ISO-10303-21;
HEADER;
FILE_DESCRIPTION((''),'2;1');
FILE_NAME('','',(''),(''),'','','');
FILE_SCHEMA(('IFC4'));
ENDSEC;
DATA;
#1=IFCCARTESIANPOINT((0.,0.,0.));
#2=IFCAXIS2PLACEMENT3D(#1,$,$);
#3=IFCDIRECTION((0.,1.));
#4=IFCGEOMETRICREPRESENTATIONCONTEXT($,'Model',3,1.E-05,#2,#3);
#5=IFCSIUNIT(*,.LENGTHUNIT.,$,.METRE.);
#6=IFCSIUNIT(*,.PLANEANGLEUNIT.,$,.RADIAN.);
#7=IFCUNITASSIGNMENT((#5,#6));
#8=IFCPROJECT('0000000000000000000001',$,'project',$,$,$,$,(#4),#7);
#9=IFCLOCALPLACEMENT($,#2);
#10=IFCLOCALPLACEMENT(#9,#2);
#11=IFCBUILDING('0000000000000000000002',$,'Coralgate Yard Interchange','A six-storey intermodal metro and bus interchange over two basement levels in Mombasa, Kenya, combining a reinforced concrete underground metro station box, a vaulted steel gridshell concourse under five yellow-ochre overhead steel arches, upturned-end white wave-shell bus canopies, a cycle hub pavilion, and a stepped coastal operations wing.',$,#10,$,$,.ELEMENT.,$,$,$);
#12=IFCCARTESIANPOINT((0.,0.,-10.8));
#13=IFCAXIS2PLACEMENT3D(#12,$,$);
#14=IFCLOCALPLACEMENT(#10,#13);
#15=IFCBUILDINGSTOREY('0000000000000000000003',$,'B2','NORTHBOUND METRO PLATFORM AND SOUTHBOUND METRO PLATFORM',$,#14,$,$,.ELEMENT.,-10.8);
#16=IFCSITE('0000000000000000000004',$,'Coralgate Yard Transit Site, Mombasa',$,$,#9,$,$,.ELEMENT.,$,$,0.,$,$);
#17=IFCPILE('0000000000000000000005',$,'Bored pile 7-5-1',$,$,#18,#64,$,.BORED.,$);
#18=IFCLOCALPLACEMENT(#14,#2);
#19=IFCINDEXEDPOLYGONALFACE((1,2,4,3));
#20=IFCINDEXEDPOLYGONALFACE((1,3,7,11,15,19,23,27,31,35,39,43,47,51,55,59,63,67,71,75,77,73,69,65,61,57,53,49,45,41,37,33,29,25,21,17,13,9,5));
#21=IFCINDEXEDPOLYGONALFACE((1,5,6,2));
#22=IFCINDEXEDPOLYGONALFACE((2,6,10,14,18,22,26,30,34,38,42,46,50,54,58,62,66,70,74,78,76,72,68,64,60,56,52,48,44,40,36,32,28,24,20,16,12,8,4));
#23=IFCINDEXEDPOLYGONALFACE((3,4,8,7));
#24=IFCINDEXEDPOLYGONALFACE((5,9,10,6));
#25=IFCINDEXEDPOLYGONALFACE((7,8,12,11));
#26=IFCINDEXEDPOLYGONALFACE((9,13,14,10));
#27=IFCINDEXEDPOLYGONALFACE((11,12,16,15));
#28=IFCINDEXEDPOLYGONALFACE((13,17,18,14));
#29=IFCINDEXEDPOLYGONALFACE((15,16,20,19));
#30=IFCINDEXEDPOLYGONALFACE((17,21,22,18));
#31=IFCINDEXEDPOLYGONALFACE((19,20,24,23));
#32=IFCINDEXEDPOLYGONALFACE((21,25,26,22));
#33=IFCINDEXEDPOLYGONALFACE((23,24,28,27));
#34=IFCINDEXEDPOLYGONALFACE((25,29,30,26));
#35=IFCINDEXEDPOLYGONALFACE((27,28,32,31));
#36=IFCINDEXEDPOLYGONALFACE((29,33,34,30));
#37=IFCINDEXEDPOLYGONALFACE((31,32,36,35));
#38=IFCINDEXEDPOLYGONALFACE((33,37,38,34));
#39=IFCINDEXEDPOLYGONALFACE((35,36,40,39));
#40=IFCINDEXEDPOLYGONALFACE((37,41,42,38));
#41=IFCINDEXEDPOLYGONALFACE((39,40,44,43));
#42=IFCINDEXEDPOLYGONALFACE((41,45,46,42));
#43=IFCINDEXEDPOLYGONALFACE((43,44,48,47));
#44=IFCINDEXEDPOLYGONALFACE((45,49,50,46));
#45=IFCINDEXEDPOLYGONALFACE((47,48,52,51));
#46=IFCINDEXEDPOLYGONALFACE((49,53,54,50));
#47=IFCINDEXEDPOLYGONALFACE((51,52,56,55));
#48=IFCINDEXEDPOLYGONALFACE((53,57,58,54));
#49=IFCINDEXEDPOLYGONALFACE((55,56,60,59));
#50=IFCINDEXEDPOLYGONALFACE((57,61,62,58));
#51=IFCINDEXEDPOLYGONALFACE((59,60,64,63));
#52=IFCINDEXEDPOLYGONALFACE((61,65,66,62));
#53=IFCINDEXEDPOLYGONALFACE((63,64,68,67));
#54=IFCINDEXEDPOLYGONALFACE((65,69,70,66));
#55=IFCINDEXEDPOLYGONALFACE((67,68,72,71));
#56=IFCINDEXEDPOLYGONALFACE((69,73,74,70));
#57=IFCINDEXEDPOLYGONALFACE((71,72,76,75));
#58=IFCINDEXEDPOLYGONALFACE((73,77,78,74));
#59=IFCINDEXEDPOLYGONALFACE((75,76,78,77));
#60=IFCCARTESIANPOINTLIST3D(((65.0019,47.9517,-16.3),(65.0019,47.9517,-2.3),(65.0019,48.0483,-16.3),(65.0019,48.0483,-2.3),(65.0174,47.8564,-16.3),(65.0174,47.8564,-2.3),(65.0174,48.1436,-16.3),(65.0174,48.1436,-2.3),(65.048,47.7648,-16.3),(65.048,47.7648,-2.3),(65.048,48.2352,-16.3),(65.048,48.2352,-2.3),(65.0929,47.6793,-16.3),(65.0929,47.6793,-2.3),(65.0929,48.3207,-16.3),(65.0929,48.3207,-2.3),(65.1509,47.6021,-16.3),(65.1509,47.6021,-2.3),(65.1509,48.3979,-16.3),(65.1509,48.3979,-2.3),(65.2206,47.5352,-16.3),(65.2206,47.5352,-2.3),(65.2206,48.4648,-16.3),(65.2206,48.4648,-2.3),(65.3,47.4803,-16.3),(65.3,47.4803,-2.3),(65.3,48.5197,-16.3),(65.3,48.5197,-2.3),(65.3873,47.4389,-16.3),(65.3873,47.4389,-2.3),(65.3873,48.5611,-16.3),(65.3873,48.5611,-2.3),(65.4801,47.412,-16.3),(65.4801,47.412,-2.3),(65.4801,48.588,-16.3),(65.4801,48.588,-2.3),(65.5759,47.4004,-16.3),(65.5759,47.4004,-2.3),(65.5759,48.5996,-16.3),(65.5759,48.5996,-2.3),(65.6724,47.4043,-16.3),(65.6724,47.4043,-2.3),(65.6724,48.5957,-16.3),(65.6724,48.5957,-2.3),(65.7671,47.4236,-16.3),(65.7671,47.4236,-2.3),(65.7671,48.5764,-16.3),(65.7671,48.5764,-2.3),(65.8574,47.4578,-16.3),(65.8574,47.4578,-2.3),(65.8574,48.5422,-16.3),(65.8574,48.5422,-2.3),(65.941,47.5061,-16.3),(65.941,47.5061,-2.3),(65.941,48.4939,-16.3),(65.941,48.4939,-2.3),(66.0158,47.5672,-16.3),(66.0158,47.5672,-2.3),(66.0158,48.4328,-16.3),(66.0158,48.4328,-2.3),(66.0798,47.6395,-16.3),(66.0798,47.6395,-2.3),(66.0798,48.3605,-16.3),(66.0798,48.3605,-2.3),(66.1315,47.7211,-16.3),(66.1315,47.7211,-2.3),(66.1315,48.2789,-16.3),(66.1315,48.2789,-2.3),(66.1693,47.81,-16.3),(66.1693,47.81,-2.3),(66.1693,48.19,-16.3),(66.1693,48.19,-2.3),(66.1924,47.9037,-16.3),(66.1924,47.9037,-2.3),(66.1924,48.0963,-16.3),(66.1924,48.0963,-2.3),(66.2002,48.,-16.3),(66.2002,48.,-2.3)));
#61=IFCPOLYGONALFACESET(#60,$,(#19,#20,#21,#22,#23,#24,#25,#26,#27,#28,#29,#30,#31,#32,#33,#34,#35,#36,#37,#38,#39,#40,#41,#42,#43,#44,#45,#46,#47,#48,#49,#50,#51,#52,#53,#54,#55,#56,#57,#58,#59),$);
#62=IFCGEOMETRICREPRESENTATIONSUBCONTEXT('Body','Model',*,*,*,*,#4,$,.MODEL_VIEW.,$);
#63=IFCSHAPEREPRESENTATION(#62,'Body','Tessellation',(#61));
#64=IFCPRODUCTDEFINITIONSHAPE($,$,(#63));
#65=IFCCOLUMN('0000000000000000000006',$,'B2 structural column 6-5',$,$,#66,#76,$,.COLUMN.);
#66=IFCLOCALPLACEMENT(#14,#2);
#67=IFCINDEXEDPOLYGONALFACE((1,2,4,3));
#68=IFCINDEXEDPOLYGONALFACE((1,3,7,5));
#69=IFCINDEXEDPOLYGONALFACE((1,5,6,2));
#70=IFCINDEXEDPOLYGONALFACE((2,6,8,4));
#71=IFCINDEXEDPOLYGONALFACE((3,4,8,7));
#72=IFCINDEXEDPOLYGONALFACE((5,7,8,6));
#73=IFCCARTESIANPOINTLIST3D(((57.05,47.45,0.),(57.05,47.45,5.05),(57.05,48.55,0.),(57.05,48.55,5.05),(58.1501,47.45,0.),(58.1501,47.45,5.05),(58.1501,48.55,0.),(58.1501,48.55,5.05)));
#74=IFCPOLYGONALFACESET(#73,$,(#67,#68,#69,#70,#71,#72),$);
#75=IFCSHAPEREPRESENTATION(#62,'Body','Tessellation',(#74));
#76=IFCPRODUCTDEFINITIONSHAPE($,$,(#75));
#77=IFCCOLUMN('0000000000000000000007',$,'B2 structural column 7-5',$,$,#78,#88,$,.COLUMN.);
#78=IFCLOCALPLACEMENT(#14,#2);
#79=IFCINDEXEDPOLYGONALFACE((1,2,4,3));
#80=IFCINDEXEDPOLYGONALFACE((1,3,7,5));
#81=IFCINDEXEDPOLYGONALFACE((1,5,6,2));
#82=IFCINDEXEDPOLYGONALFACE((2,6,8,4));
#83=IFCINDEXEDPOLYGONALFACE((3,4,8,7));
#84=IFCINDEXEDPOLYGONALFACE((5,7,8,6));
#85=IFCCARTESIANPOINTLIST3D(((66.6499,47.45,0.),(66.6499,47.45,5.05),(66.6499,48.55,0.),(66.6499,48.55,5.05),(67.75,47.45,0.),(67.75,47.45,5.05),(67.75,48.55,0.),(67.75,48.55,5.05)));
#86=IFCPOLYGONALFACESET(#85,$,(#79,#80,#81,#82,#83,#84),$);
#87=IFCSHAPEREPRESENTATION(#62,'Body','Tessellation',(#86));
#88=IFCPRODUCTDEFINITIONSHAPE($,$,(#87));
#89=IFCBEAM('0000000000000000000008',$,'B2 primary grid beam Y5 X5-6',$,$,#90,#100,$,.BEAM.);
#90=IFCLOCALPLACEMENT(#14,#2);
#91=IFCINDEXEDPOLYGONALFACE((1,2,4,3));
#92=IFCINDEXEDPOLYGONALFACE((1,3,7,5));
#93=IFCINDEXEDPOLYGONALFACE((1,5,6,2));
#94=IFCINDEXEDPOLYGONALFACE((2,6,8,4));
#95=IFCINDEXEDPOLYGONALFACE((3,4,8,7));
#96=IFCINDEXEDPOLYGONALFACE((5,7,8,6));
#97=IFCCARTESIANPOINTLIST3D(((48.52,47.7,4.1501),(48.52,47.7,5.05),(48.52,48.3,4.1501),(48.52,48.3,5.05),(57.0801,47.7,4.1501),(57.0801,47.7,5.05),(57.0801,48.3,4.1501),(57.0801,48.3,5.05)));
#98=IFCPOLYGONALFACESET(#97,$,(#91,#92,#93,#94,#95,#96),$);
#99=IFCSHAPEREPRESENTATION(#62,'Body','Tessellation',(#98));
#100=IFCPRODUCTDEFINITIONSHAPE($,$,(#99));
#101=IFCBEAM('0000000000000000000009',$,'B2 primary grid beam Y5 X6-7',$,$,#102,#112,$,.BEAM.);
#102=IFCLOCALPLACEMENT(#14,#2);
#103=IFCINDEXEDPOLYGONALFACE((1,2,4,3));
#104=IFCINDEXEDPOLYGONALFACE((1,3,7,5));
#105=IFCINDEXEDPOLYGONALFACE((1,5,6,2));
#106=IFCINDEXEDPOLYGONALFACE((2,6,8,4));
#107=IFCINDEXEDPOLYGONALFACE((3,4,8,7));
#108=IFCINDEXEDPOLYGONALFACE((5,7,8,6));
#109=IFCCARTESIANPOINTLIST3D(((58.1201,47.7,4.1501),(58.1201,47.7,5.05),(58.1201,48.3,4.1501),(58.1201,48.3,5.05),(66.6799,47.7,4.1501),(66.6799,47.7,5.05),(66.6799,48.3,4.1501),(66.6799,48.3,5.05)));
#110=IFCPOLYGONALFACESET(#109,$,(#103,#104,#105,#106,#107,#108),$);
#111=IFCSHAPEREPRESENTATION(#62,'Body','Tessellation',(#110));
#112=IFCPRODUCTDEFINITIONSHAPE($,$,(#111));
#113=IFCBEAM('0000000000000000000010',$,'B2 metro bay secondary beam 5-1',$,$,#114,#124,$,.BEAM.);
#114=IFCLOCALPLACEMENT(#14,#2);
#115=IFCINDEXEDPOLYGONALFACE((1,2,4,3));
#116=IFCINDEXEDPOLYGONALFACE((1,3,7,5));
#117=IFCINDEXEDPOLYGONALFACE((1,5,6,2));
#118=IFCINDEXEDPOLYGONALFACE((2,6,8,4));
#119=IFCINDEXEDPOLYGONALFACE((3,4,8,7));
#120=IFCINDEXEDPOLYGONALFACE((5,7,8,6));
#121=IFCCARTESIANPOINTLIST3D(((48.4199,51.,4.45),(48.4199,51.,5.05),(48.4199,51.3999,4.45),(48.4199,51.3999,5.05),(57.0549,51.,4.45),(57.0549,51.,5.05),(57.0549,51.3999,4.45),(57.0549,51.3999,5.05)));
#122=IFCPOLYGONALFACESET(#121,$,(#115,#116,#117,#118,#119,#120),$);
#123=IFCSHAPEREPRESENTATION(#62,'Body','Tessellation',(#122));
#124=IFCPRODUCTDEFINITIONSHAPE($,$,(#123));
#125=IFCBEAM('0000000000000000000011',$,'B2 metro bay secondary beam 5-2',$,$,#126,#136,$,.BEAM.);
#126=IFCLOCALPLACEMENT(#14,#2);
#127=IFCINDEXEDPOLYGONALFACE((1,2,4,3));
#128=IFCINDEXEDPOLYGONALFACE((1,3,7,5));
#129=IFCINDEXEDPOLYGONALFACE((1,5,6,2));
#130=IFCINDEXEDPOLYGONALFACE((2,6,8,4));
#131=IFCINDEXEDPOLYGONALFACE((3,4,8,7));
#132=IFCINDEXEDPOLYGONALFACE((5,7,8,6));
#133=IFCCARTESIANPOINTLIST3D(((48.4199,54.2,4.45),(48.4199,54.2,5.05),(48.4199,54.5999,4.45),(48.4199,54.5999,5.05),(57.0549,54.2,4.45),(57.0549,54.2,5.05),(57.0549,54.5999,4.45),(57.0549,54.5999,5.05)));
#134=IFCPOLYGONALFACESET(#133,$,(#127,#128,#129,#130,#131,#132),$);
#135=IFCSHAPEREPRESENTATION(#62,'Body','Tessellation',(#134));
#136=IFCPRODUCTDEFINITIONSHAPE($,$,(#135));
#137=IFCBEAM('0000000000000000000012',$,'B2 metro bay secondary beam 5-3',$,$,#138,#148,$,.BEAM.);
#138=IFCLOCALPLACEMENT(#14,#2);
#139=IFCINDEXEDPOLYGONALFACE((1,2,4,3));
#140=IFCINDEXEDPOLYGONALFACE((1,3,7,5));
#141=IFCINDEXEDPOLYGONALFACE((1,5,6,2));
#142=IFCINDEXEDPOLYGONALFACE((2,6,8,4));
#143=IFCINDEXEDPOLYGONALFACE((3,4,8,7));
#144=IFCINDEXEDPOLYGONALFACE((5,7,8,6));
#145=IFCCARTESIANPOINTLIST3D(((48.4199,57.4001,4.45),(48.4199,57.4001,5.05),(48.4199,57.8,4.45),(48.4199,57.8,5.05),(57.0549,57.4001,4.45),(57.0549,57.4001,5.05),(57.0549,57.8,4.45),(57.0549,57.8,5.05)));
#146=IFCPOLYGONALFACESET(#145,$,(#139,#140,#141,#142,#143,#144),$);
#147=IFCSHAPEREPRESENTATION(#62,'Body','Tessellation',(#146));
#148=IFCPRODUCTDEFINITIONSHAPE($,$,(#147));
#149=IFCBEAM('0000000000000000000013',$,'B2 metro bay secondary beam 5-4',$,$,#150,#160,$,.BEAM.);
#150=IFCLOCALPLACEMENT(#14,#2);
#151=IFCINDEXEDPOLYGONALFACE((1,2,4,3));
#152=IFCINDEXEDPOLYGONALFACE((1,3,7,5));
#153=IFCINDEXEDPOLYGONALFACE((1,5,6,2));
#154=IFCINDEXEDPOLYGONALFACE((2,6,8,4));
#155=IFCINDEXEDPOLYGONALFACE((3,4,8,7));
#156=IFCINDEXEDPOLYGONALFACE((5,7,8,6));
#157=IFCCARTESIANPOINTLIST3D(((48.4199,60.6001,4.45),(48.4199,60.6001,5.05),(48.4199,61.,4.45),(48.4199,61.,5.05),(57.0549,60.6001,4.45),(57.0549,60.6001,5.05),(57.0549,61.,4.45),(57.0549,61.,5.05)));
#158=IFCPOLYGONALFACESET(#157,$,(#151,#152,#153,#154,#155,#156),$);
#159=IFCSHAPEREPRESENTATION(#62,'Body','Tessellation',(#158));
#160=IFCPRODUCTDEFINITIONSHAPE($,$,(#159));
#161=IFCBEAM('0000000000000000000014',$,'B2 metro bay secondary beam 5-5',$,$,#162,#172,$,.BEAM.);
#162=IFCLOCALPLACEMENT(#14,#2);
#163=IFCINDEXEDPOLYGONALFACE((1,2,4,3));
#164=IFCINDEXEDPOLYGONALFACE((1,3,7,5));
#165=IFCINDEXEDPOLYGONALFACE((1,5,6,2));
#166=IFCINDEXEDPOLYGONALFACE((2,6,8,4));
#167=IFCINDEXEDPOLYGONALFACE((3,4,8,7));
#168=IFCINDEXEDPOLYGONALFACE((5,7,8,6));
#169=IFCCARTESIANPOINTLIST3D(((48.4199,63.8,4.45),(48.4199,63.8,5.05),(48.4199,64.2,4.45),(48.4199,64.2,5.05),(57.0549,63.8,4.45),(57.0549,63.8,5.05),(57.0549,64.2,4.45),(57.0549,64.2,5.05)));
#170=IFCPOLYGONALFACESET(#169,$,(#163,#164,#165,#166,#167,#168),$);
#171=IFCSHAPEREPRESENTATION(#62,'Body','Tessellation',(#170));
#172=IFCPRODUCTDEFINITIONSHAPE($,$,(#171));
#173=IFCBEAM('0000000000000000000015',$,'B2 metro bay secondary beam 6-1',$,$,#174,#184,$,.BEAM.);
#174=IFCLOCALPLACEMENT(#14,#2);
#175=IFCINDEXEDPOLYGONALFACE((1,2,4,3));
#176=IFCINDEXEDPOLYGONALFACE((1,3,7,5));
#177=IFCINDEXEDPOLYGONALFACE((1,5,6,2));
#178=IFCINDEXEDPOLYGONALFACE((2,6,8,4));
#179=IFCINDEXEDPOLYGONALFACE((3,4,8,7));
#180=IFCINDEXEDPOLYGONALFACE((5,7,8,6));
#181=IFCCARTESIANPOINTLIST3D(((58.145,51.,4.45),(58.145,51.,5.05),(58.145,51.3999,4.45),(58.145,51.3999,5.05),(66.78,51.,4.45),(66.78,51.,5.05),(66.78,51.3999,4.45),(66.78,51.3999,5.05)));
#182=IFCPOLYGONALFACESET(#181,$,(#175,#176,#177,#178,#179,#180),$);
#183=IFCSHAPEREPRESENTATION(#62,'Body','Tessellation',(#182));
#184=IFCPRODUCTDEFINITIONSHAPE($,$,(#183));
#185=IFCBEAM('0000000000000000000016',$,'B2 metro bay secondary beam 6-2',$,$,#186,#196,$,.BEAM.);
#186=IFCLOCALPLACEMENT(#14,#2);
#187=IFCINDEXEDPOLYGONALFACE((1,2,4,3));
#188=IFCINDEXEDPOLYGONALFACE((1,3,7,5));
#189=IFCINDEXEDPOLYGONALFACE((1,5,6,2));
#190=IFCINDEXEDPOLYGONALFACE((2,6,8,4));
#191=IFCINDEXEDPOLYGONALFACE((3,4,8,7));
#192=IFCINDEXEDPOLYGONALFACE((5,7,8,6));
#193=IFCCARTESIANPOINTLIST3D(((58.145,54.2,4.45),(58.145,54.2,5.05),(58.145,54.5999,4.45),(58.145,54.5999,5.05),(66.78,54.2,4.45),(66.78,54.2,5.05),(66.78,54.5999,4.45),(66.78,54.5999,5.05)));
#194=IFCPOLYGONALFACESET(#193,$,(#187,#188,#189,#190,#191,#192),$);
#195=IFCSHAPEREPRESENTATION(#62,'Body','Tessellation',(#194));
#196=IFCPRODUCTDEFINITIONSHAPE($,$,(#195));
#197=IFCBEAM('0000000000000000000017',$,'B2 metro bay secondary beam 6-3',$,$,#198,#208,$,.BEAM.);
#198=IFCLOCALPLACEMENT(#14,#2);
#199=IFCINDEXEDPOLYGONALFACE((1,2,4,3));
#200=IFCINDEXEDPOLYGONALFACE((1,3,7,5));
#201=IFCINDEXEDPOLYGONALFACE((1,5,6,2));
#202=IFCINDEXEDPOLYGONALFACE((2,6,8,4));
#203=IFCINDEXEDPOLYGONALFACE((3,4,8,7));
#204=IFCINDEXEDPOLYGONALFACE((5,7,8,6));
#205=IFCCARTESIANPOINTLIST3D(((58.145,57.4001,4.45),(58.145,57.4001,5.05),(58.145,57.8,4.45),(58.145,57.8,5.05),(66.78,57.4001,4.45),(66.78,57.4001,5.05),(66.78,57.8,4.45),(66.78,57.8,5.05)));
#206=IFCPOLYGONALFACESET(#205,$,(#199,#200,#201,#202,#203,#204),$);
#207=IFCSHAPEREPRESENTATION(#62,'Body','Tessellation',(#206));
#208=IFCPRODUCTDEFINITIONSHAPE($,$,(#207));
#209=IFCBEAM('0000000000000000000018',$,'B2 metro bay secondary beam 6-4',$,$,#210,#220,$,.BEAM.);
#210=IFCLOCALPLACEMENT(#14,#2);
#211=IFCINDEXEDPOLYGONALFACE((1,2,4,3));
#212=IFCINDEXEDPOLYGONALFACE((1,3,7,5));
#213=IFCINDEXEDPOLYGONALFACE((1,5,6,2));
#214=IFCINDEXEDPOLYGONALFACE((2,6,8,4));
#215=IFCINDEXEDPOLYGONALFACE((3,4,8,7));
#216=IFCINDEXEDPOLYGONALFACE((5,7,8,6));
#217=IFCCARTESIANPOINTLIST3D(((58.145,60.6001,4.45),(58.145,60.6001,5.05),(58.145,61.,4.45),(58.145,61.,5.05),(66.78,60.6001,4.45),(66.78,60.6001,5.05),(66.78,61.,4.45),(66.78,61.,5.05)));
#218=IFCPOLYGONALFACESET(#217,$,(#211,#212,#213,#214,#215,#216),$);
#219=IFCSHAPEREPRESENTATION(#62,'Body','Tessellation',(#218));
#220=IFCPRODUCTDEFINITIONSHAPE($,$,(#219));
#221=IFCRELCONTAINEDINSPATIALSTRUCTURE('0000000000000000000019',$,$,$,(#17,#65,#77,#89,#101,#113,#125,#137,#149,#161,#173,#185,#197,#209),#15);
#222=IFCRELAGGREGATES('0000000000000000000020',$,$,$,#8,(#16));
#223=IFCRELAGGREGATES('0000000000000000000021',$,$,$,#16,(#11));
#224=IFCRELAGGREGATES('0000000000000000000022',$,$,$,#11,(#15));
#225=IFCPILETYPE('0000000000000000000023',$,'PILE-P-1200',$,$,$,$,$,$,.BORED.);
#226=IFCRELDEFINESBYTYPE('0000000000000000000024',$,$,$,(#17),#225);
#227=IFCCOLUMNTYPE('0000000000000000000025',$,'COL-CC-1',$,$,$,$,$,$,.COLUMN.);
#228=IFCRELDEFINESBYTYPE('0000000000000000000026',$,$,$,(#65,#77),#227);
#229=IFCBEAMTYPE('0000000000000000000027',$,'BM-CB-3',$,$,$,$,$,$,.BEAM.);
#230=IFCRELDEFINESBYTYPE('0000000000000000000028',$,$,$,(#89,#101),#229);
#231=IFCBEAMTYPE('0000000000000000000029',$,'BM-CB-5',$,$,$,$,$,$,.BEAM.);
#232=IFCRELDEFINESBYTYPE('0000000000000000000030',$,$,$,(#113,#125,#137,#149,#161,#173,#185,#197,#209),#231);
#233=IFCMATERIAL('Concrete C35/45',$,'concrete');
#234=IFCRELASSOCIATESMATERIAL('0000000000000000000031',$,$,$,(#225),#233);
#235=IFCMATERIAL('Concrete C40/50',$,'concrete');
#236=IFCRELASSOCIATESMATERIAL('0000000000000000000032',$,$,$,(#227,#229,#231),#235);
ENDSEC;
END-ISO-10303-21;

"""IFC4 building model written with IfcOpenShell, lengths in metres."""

from ifc_helpers import new_model, si_unit, direction, frame, origin, origin_2d, place, context, subcontext, project, spatial, rectangle, circle, extrude, material, material_profile, profile_set, type_object, element, save


model = new_model("IFC4")

# Units and contexts
model_context = context("Model", 3, precision=1e-05, world=origin(), true_north=direction((0.0, 1.0)))
body_context = subcontext(model_context, "Body", "Model", "MODEL_VIEW")
ifc_project = project(units=[si_unit("LENGTHUNIT", "METRE"), si_unit("PLANEANGLEUNIT", "RADIAN")], contexts=[model_context])

# Site, building, storey
site_placement = place(None, origin())
site = spatial("IfcSite", under=ifc_project, at=site_placement, Name="Coralgate Yard Transit Site, Mombasa", CompositionType="ELEMENT", RefElevation=0.0)
building_placement = place(site_placement, origin())
building = spatial("IfcBuilding", under=site, at=building_placement, Name="Coralgate Yard Interchange", Description="A six-storey intermodal metro and bus interchange over two basement levels in Mombasa, Kenya, combining a reinforced concrete underground metro station box, a vaulted steel gridshell concourse under five yellow-ochre overhead steel arches, upturned-end white wave-shell bus canopies, a cycle hub pavilion, and a stepped coastal operations wing.", CompositionType="ELEMENT")
storey_placement = place(building_placement, frame((0.0, 0.0, -10.8)))
storey = spatial("IfcBuildingStorey", under=building, at=storey_placement, Name="B2", Description="NORTHBOUND METRO PLATFORM AND SOUTHBOUND METRO PLATFORM", CompositionType="ELEMENT", Elevation=-10.8)

# Shared definitions
ifc_material_1 = material(Name="Concrete C40/50", Category="concrete")

# Pile
ifc_material_2 = material(Name="Concrete C35/45", Category="concrete")
ifc_material_profile_1 = material_profile(ifc_material_2, circle(Radius=0.6001, at=origin_2d()), Name="BORED PILE D1200")
ifc_profile_set_1 = profile_set([ifc_material_profile_1], Name="Concrete C35/45")
pile_type = type_object("IfcPileType", Name="PILE-P-1200", PredefinedType="BORED", material=ifc_profile_set_1)
for number, where, z_axis, x_axis, name in (
    (1, (65.6001, 48.0, -2.3), (0.0, 0.0, -1.0), (1.0, 0.0, 0.0), "Bored pile 7-5-1"),
):
    element("IfcPile", number, at=place(storey_placement, frame(where, z_axis=z_axis, x_axis=x_axis)), inside=storey, type_object=pile_type, Name=name, PredefinedType="BORED", context=body_context, shape_type="SweptSolid", body=[
        extrude(circle(Radius=0.6001, at=origin_2d()), origin(), (0.0, 0.0, 1.0), 14.0),
    ])

# Columns
ifc_material_profile_2 = material_profile(ifc_material_1, rectangle(XDim=1.1001, YDim=1.1001, at=origin_2d()), Name="RC 1100x1100")
ifc_profile_set_2 = profile_set([ifc_material_profile_2], Name="Concrete C40/50")
column_type = type_object("IfcColumnType", Name="COL-CC-1", PredefinedType="COLUMN", material=ifc_profile_set_2)
for number, where, z_axis, x_axis, name in (
    (2, (57.6001, 48.0, 0.0), (0.0, 0.0, 1.0), (1.0, 0.0, 0.0), "B2 structural column 6-5"),
    (3, (67.2, 48.0, 0.0), (0.0, 0.0, 1.0), (1.0, 0.0, 0.0), "B2 structural column 7-5"),
):
    element("IfcColumn", number, at=place(storey_placement, frame(where, z_axis=z_axis, x_axis=x_axis)), inside=storey, type_object=column_type, Name=name, PredefinedType="COLUMN", context=body_context, shape_type="SweptSolid", body=[
        extrude(rectangle(XDim=1.1001, YDim=1.1001, at=origin_2d()), origin(), (0.0, 0.0, 1.0), 5.05),
    ])

# Beams
ifc_material_profile_3 = material_profile(ifc_material_1, rectangle(XDim=0.6001, YDim=0.8999, at=origin_2d()), Name="RC 600x900")
ifc_profile_set_3 = profile_set([ifc_material_profile_3], Name="Concrete C40/50")
beam_type_1 = type_object("IfcBeamType", Name="BM-CB-3", PredefinedType="BEAM", material=ifc_profile_set_3)
beam_1_placement = place(storey_placement, frame((48.52, 48.0, 4.6001), z_axis=(1.0, 0.0, 0.0), x_axis=(0.0, 1.0, 0.0)))
element("IfcBeam", 4, at=beam_1_placement, inside=storey, type_object=beam_type_1, Name="B2 primary grid beam Y5 X5-6", PredefinedType="BEAM", context=body_context, shape_type="SweptSolid", body=[
    extrude(rectangle(XDim=0.6001, YDim=0.8999, at=origin_2d()), origin(), (0.0, 0.0, 1.0), 8.5601),
])
beam_2_placement = place(storey_placement, frame((58.1201, 48.0, 4.6001), z_axis=(1.0, 0.0, 0.0), x_axis=(0.0, 1.0, 0.0)))
element("IfcBeam", 5, at=beam_2_placement, inside=storey, type_object=beam_type_1, Name="B2 primary grid beam Y5 X6-7", PredefinedType="BEAM", context=body_context, shape_type="SweptSolid", body=[
    extrude(rectangle(XDim=0.6001, YDim=0.8999, at=origin_2d()), origin(), (0.0, 0.0, 1.0), 8.5598),
])
ifc_material_profile_4 = material_profile(ifc_material_1, rectangle(XDim=0.3999, YDim=0.6001, at=origin_2d()), Name="RC 400x600")
ifc_profile_set_4 = profile_set([ifc_material_profile_4], Name="Concrete C40/50")
beam_type_2 = type_object("IfcBeamType", Name="BM-CB-5", PredefinedType="BEAM", material=ifc_profile_set_4)
for number, where, z_axis, x_axis, name in (
    (6, (48.4199, 51.2, 4.75), (1.0, 0.0, 0.0), (0.0, 1.0, 0.0), "B2 metro bay secondary beam 5-1"),
    (7, (48.4199, 54.3999, 4.75), (1.0, 0.0, 0.0), (0.0, 1.0, 0.0), "B2 metro bay secondary beam 5-2"),
    (8, (48.4199, 57.6001, 4.75), (1.0, 0.0, 0.0), (0.0, 1.0, 0.0), "B2 metro bay secondary beam 5-3"),
    (9, (48.4199, 60.8, 4.75), (1.0, 0.0, 0.0), (0.0, 1.0, 0.0), "B2 metro bay secondary beam 5-4"),
    (10, (48.4199, 64.0, 4.75), (1.0, 0.0, 0.0), (0.0, 1.0, 0.0), "B2 metro bay secondary beam 5-5"),
    (11, (58.145, 51.2, 4.75), (1.0, 0.0, 0.0), (0.0, 1.0, 0.0), "B2 metro bay secondary beam 6-1"),
    (12, (58.145, 54.3999, 4.75), (1.0, 0.0, 0.0), (0.0, 1.0, 0.0), "B2 metro bay secondary beam 6-2"),
    (13, (58.145, 57.6001, 4.75), (1.0, 0.0, 0.0), (0.0, 1.0, 0.0), "B2 metro bay secondary beam 6-3"),
    (14, (58.145, 60.8, 4.75), (1.0, 0.0, 0.0), (0.0, 1.0, 0.0), "B2 metro bay secondary beam 6-4"),
):
    element("IfcBeam", number, at=place(storey_placement, frame(where, z_axis=z_axis, x_axis=x_axis)), inside=storey, type_object=beam_type_2, Name=name, PredefinedType="BEAM", context=body_context, shape_type="SweptSolid", body=[
        extrude(rectangle(XDim=0.3999, YDim=0.6001, at=origin_2d()), origin(), (0.0, 0.0, 1.0), 8.635),
    ])

save(model, "model.ifc")
